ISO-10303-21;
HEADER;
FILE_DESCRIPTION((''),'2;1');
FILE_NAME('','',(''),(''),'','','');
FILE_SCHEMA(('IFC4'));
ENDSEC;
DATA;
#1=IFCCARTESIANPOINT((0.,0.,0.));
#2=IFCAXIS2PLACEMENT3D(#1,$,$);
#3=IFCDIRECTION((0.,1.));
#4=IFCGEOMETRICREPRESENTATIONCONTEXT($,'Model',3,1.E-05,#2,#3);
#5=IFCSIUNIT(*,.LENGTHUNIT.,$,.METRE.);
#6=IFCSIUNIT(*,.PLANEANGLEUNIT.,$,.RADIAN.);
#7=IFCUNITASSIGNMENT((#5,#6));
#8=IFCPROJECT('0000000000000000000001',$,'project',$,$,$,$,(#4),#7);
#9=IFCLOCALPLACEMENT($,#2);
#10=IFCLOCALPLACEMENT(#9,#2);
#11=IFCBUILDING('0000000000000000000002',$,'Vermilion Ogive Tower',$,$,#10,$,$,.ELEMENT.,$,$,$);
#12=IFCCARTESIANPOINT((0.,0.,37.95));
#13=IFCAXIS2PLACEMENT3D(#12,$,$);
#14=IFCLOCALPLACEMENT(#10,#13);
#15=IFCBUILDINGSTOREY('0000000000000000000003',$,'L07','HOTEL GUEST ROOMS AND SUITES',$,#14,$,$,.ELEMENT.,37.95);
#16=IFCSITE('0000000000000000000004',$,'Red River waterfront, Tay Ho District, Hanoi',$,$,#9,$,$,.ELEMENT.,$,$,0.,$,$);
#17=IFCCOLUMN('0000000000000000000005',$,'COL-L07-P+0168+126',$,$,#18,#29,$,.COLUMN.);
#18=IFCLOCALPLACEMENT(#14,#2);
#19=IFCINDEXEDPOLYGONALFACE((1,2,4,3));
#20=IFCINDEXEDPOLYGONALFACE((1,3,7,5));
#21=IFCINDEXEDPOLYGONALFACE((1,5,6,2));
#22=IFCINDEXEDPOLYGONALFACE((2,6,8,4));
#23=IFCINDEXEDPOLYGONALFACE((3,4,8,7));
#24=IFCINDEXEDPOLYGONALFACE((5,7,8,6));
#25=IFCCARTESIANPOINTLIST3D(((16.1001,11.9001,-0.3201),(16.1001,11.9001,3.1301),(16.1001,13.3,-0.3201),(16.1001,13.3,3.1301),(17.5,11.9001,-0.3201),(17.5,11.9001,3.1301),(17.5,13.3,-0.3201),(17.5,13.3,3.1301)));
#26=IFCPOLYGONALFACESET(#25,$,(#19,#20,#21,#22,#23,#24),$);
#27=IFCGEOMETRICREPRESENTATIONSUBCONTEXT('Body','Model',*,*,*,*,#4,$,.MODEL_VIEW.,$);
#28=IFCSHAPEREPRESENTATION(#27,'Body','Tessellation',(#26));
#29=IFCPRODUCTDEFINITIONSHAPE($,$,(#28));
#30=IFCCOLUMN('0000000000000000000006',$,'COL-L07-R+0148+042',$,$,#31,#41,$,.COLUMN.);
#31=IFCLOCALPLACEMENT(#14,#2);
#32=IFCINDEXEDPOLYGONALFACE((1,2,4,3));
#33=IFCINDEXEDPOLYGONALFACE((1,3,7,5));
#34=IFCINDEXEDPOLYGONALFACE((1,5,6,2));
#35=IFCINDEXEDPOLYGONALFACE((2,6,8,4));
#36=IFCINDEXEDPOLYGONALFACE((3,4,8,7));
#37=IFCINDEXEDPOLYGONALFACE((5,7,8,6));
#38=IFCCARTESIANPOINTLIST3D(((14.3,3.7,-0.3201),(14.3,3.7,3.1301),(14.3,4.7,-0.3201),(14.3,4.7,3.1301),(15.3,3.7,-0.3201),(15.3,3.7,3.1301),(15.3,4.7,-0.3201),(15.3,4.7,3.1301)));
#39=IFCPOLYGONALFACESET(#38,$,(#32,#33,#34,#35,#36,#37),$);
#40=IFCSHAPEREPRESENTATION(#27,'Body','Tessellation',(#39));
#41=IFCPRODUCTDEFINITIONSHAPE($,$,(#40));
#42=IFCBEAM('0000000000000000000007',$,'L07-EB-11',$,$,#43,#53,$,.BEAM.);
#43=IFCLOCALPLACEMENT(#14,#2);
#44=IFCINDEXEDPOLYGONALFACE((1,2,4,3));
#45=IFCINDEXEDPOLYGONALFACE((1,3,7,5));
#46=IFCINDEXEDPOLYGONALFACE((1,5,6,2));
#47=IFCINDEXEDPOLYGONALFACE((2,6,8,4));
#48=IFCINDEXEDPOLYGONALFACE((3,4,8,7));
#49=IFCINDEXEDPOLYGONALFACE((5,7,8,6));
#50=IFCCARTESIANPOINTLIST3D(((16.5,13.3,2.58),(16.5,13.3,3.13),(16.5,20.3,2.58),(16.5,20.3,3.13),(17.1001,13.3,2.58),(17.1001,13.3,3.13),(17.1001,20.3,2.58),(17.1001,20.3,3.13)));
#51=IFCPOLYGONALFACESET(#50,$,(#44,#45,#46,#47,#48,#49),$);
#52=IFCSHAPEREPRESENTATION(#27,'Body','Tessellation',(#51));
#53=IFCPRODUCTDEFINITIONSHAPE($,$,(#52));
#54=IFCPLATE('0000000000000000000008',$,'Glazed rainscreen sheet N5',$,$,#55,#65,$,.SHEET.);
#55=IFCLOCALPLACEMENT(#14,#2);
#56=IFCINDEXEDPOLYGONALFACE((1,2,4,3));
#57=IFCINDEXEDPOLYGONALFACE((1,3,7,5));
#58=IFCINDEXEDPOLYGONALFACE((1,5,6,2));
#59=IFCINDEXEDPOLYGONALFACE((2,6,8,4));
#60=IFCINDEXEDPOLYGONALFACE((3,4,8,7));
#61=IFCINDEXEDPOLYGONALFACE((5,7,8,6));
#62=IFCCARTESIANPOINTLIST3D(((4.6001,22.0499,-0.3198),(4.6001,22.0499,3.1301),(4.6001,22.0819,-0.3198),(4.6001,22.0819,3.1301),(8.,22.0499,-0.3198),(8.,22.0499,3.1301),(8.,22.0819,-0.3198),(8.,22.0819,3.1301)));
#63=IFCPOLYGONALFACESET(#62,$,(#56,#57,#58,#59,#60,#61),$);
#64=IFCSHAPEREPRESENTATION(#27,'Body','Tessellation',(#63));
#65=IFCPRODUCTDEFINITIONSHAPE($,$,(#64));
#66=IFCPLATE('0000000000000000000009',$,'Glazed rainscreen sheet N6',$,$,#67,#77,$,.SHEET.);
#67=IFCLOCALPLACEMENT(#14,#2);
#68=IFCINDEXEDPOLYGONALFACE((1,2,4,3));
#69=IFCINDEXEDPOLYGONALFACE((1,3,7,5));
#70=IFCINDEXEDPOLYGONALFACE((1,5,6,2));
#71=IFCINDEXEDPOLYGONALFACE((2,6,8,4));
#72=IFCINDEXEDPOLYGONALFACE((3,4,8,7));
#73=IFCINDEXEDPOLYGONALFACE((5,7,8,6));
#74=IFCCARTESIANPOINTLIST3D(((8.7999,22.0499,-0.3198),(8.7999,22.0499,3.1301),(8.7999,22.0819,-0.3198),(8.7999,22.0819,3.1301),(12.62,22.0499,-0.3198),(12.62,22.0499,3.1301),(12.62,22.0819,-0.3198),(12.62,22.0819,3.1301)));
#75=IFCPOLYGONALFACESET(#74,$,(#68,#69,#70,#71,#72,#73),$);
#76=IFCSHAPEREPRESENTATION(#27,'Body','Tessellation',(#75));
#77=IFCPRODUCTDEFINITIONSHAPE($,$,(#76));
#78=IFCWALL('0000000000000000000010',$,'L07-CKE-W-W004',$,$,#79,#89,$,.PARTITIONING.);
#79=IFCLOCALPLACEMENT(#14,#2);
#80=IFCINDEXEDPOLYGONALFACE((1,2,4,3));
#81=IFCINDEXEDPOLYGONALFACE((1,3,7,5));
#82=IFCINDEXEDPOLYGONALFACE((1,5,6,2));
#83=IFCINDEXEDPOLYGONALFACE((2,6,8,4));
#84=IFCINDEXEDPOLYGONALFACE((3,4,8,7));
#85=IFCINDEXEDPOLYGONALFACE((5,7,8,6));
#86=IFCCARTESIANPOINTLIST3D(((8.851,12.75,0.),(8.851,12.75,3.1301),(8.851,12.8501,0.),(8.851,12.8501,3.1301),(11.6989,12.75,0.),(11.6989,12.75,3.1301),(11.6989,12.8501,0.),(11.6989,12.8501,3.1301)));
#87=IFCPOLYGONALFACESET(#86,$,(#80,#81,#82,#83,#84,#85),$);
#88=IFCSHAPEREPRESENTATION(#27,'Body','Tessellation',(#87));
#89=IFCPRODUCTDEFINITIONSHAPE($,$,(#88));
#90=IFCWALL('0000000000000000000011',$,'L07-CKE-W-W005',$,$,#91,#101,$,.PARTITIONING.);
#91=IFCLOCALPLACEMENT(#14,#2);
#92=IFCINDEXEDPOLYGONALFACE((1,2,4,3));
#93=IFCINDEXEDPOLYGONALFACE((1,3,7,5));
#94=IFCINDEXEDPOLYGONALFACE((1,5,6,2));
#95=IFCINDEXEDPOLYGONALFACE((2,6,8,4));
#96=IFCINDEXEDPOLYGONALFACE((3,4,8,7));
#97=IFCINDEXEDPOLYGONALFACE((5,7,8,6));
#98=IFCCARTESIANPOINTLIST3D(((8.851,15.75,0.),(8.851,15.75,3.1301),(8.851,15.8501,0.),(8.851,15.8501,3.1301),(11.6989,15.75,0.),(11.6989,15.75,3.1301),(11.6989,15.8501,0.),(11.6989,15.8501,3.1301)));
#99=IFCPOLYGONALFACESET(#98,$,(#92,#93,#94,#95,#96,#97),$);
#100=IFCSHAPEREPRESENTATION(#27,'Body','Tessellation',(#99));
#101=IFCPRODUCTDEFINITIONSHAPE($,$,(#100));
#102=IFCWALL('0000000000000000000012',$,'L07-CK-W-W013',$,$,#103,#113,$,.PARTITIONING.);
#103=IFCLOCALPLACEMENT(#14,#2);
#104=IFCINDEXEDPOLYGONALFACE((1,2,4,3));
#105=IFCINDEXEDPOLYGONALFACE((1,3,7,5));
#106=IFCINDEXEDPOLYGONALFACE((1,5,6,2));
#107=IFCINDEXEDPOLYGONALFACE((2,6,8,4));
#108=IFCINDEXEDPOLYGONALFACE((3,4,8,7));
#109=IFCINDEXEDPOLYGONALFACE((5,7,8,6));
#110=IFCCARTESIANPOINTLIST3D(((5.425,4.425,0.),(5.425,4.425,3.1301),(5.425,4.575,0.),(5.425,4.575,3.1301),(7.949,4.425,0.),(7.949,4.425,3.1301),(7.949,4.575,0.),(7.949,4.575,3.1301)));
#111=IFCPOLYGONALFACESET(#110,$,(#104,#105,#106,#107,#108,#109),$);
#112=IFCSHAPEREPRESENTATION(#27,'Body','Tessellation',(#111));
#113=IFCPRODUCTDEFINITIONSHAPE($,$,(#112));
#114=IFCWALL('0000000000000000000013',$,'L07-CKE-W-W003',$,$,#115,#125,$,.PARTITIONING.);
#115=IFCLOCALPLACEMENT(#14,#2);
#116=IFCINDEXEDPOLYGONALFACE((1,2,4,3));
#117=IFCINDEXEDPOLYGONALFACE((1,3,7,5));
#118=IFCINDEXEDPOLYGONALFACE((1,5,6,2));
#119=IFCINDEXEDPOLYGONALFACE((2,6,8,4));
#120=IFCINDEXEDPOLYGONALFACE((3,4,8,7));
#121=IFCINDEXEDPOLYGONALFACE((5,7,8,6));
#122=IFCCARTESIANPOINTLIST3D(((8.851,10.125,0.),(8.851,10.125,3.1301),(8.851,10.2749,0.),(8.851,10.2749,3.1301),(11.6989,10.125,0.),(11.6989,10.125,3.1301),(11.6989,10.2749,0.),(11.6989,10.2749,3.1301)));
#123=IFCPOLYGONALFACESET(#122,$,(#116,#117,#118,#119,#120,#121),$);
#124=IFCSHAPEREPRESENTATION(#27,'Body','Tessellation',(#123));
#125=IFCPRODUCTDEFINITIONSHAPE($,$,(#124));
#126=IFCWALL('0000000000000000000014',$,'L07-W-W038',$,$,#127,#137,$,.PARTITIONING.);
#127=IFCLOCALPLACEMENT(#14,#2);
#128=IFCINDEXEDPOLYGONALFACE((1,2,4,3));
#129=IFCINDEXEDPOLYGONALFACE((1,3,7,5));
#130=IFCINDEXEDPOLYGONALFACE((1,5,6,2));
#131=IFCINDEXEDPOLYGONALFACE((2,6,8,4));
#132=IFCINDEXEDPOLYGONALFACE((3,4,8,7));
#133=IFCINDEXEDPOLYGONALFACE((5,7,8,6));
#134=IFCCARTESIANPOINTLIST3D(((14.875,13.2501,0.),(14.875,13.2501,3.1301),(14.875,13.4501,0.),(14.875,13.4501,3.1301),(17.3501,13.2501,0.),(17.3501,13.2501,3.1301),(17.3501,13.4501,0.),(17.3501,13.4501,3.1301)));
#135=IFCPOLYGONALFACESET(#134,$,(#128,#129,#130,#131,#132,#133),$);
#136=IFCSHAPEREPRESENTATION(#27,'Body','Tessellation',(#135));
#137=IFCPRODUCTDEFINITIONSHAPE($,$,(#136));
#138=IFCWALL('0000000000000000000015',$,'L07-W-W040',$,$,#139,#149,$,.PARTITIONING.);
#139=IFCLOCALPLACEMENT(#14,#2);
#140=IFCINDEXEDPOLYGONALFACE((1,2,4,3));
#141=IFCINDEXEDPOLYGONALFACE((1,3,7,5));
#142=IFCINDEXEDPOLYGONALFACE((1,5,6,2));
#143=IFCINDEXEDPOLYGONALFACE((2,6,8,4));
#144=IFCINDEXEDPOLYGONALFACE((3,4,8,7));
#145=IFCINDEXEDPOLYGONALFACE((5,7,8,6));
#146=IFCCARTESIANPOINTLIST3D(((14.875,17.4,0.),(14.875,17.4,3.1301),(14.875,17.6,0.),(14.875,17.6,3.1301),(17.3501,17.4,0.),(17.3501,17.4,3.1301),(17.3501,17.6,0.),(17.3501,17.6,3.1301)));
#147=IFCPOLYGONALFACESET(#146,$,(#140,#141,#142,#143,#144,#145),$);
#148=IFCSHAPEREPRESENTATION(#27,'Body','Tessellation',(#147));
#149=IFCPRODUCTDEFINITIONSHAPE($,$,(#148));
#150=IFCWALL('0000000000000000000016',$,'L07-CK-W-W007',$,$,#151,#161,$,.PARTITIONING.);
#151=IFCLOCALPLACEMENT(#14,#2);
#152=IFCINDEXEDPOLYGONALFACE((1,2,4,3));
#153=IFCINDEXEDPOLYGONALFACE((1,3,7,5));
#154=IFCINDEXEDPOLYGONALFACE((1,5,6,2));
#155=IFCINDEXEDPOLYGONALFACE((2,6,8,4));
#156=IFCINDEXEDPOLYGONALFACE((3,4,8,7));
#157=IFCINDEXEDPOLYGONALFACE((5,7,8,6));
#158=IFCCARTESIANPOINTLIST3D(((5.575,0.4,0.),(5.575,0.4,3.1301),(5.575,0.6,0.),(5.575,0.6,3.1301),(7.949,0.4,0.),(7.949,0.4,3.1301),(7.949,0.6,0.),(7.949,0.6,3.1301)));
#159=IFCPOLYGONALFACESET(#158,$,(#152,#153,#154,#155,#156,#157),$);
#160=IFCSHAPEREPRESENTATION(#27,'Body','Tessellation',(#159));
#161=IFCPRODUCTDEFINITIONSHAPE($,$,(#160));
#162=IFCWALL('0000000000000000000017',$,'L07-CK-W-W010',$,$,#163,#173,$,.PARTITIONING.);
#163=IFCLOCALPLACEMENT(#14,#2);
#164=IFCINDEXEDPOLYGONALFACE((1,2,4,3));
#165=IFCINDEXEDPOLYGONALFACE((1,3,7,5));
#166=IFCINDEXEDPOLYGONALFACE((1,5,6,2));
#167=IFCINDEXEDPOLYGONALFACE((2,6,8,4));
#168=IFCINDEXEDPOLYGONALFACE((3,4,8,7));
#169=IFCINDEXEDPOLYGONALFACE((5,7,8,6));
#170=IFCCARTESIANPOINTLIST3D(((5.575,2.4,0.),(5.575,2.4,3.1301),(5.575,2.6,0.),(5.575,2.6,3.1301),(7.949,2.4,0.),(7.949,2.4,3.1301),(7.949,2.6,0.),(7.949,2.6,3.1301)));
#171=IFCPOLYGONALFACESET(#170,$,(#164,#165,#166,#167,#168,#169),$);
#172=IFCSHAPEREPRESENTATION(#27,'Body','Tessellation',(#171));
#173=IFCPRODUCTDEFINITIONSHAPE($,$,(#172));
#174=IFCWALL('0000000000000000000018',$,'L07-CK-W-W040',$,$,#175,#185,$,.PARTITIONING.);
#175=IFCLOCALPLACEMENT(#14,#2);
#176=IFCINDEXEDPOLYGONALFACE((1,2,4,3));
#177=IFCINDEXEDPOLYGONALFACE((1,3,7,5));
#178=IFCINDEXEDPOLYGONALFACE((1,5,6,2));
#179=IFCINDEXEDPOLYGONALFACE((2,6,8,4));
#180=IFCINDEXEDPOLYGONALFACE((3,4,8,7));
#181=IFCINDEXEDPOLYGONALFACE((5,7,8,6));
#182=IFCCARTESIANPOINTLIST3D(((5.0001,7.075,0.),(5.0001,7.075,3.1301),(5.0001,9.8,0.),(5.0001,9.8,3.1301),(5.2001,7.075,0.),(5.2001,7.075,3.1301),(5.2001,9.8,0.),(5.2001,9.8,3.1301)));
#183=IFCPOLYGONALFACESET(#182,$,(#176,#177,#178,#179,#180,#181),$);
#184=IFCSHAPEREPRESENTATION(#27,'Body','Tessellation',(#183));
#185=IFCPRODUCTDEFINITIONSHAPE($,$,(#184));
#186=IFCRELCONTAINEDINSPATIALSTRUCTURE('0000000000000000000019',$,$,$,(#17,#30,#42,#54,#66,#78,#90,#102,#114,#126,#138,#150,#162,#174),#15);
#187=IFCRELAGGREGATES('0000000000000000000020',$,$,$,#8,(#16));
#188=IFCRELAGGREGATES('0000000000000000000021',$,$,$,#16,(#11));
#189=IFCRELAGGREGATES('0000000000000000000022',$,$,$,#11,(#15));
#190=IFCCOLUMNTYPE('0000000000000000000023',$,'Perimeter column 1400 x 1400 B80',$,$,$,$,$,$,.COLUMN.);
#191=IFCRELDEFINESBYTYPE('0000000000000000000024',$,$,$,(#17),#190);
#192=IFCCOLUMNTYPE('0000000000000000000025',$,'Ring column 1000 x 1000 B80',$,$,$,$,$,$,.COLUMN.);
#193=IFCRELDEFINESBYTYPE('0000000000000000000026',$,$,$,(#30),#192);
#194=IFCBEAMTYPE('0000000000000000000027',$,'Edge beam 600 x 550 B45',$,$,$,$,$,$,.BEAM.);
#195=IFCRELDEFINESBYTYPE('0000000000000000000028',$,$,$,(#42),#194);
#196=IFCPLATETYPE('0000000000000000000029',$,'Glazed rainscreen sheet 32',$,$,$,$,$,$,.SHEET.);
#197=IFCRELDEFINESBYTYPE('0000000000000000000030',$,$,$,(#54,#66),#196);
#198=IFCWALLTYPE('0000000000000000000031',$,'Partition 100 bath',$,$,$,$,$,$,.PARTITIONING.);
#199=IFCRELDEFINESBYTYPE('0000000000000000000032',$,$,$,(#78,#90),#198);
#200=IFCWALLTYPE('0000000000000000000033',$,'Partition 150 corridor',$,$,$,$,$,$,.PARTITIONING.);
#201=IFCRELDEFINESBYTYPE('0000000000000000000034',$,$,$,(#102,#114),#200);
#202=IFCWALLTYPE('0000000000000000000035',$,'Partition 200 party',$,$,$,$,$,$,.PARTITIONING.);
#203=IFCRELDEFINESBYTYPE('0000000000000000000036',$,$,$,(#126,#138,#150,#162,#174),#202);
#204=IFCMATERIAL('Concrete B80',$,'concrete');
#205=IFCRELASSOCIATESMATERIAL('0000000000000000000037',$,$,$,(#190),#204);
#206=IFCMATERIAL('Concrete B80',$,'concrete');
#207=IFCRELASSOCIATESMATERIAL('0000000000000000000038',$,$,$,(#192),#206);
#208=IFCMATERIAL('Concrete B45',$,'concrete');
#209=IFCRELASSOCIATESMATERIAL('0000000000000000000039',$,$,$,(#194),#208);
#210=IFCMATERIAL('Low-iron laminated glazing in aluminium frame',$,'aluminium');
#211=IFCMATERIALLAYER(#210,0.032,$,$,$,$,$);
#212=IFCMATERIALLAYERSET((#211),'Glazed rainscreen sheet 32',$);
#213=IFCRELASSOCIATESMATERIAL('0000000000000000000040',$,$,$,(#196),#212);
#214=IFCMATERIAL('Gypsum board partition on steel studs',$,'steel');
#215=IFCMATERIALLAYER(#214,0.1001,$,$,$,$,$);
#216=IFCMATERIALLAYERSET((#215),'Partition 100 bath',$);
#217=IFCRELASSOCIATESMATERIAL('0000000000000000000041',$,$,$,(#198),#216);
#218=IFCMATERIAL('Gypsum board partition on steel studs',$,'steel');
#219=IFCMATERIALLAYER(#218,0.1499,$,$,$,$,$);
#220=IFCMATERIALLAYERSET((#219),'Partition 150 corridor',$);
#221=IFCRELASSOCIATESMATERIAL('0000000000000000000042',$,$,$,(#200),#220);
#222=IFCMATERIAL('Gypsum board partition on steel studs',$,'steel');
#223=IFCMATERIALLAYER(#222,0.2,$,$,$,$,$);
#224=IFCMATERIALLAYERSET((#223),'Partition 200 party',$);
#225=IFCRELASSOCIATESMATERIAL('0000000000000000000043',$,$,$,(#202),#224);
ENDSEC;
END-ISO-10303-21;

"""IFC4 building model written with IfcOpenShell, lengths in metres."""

from ifc_helpers import new_model, si_unit, direction, frame, frame_2d, origin, origin_2d, place, context, subcontext, project, spatial, rectangle, extrude, material, layer, layer_set, material_profile, profile_set, type_object, element, save


model = new_model("IFC4")

# Units and contexts
model_context = context("Model", 3, precision=1e-05, world=origin(), true_north=direction((0.0, 1.0)))
body_context = subcontext(model_context, "Body", "Model", "MODEL_VIEW")
ifc_project = project(units=[si_unit("LENGTHUNIT", "METRE"), si_unit("PLANEANGLEUNIT", "RADIAN")], contexts=[model_context])

# Site, building, storey
site_placement = place(None, origin())
site = spatial("IfcSite", under=ifc_project, at=site_placement, Name="Red River waterfront, Tay Ho District, Hanoi", CompositionType="ELEMENT", RefElevation=0.0)
building_placement = place(site_placement, origin())
building = spatial("IfcBuilding", under=site, at=building_placement, Name="Vermilion Ogive Tower", CompositionType="ELEMENT")
storey_placement = place(building_placement, frame((0.0, 0.0, 37.95)))
storey = spatial("IfcBuildingStorey", under=building, at=storey_placement, Name="L07", Description="HOTEL GUEST ROOMS AND SUITES", CompositionType="ELEMENT", Elevation=37.95)

# Columns
ifc_material_1 = material(Name="Concrete B80", Category="concrete")
ifc_material_profile_1 = material_profile(ifc_material_1, rectangle(XDim=1.3999, YDim=1.3999, at=origin_2d()), Name="1400 x 1400")
ifc_profile_set_1 = profile_set([ifc_material_profile_1], Name="Concrete B80")
column_type_1 = type_object("IfcColumnType", Name="Perimeter column 1400 x 1400 B80", PredefinedType="COLUMN", material=ifc_profile_set_1)
column_1_placement = place(storey_placement, frame((16.8, 12.6001, -0.3201), z_axis=(0.0, 0.0, 1.0), x_axis=(1.0, 0.0, 0.0)))
element("IfcColumn", 1, at=column_1_placement, inside=storey, type_object=column_type_1, Name="COL-L07-P+0168+126", PredefinedType="COLUMN", context=body_context, shape_type="SweptSolid", body=[
    extrude(rectangle(XDim=1.3999, YDim=1.3999, at=origin_2d()), origin(), (0.0, 0.0, 1.0), 3.4502),
])
ifc_material_2 = material(Name="Concrete B80", Category="concrete")
ifc_material_profile_2 = material_profile(ifc_material_2, rectangle(XDim=1.0, YDim=1.0, at=origin_2d()), Name="1000 x 1000")
ifc_profile_set_2 = profile_set([ifc_material_profile_2], Name="Concrete B80")
column_type_2 = type_object("IfcColumnType", Name="Ring column 1000 x 1000 B80", PredefinedType="COLUMN", material=ifc_profile_set_2)
column_2_placement = place(storey_placement, frame((14.8, 4.2, -0.3201), z_axis=(0.0, 0.0, 1.0), x_axis=(1.0, 0.0, 0.0)))
element("IfcColumn", 2, at=column_2_placement, inside=storey, type_object=column_type_2, Name="COL-L07-R+0148+042", PredefinedType="COLUMN", context=body_context, shape_type="SweptSolid", body=[
    extrude(rectangle(XDim=1.0, YDim=1.0, at=origin_2d()), origin(), (0.0, 0.0, 1.0), 3.4502),
])

# Beam
ifc_material_3 = material(Name="Concrete B45", Category="concrete")
ifc_material_profile_3 = material_profile(ifc_material_3, rectangle(XDim=0.6001, YDim=0.55, at=origin_2d()), Name="600 x 550")
ifc_profile_set_3 = profile_set([ifc_material_profile_3], Name="Concrete B45")
beam_type = type_object("IfcBeamType", Name="Edge beam 600 x 550 B45", PredefinedType="BEAM", material=ifc_profile_set_3)
beam_placement = place(storey_placement, frame((16.8, 13.3, 2.855), z_axis=(0.0, 1.0, 0.0), x_axis=(-1.0, 0.0, 0.0)))
element("IfcBeam", 3, at=beam_placement, inside=storey, type_object=beam_type, Name="L07-EB-11", PredefinedType="BEAM", context=body_context, shape_type="SweptSolid", body=[
    extrude(rectangle(XDim=0.6001, YDim=0.55, at=origin_2d()), origin(), (0.0, 0.0, 1.0), 7.0),
])

# Plates
ifc_material_4 = material(Name="Low-iron laminated glazing in aluminium frame", Category="aluminium")
ifc_layer_1 = layer(ifc_material_4, 0.032)
ifc_layer_set_1 = layer_set([ifc_layer_1], Name="Glazed rainscreen sheet 32")
plate_type = type_object("IfcPlateType", Name="Glazed rainscreen sheet 32", PredefinedType="SHEET", material=ifc_layer_set_1)
plate_1_placement = place(storey_placement, frame((6.3, 22.0659, -0.3198), z_axis=(0.0, 0.0, 1.0), x_axis=(1.0, 0.0, 0.0)))
element("IfcPlate", 4, at=plate_1_placement, inside=storey, type_object=plate_type, Name="Glazed rainscreen sheet N5", PredefinedType="SHEET", context=body_context, shape_type="SweptSolid", body=[
    extrude(rectangle(XDim=3.3999, YDim=0.032, at=origin_2d()), origin(), (0.0, 0.0, 1.0), 3.45),
])
plate_2_placement = place(storey_placement, frame((10.71, 22.0659, -0.3198), z_axis=(0.0, 0.0, 1.0), x_axis=(1.0, 0.0, 0.0)))
element("IfcPlate", 5, at=plate_2_placement, inside=storey, type_object=plate_type, Name="Glazed rainscreen sheet N6", PredefinedType="SHEET", context=body_context, shape_type="SweptSolid", body=[
    extrude(rectangle(XDim=3.8201, YDim=0.032, at=origin_2d()), origin(), (0.0, 0.0, 1.0), 3.45),
])

# Walls
ifc_material_5 = material(Name="Gypsum board partition on steel studs", Category="steel")
ifc_layer_2 = layer(ifc_material_5, 0.1001)
ifc_layer_set_2 = layer_set([ifc_layer_2], Name="Partition 100 bath")
wall_type_1 = type_object("IfcWallType", Name="Partition 100 bath", PredefinedType="PARTITIONING", material=ifc_layer_set_2)
for number, where, z_axis, x_axis, name in (
    (6, (8.8511, 12.8, 0.0), (0.0, 0.0, 1.0), (1.0, 0.0, 0.0), "L07-CKE-W-W004"),
    (7, (8.8511, 15.8, 0.0), (0.0, 0.0, 1.0), (1.0, 0.0, 0.0), "L07-CKE-W-W005"),
):
    element("IfcWall", number, at=place(storey_placement, frame(where, z_axis=z_axis, x_axis=x_axis)), inside=storey, type_object=wall_type_1, Name=name, PredefinedType="PARTITIONING", context=body_context, shape_type="SweptSolid", body=[
        extrude(rectangle(XDim=2.8479, YDim=0.1001, at=frame_2d((1.4238, 0.0))), origin(), (0.0, 0.0, 1.0), 3.1301),
    ])
ifc_material_6 = material(Name="Gypsum board partition on steel studs", Category="steel")
ifc_layer_3 = layer(ifc_material_6, 0.1499)
ifc_layer_set_3 = layer_set([ifc_layer_3], Name="Partition 150 corridor")
wall_type_2 = type_object("IfcWallType", Name="Partition 150 corridor", PredefinedType="PARTITIONING", material=ifc_layer_set_3)
wall_1_placement = place(storey_placement, frame((5.425, 4.5, 0.0), z_axis=(0.0, 0.0, 1.0), x_axis=(1.0, 0.0, 0.0)))
element("IfcWall", 8, at=wall_1_placement, inside=storey, type_object=wall_type_2, Name="L07-CK-W-W013", PredefinedType="PARTITIONING", context=body_context, shape_type="SweptSolid", body=[
    extrude(rectangle(XDim=2.5239, YDim=0.1499, at=frame_2d((1.262, 0.0))), origin(), (0.0, 0.0, 1.0), 3.1301),
])
wall_2_placement = place(storey_placement, frame((8.8511, 10.2, 0.0), z_axis=(0.0, 0.0, 1.0), x_axis=(1.0, 0.0, 0.0)))
element("IfcWall", 9, at=wall_2_placement, inside=storey, type_object=wall_type_2, Name="L07-CKE-W-W003", PredefinedType="PARTITIONING", context=body_context, shape_type="SweptSolid", body=[
    extrude(rectangle(XDim=2.8479, YDim=0.1499, at=frame_2d((1.4238, 0.0))), origin(), (0.0, 0.0, 1.0), 3.1301),
])
ifc_material_7 = material(Name="Gypsum board partition on steel studs", Category="steel")
ifc_layer_4 = layer(ifc_material_7, 0.2)
ifc_layer_set_4 = layer_set([ifc_layer_4], Name="Partition 200 party")
wall_type_3 = type_object("IfcWallType", Name="Partition 200 party", PredefinedType="PARTITIONING", material=ifc_layer_set_4)
for number, where, z_axis, x_axis, name in (
    (10, (14.875, 13.3501, 0.0), (0.0, 0.0, 1.0), (1.0, 0.0, 0.0), "L07-W-W038"),
    (11, (14.875, 17.5, 0.0), (0.0, 0.0, 1.0), (1.0, 0.0, 0.0), "L07-W-W040"),
):
    element("IfcWall", number, at=place(storey_placement, frame(where, z_axis=z_axis, x_axis=x_axis)), inside=storey, type_object=wall_type_3, Name=name, PredefinedType="PARTITIONING", context=body_context, shape_type="SweptSolid", body=[
        extrude(rectangle(XDim=2.4751, YDim=0.2, at=frame_2d((1.2375, 0.0))), origin(), (0.0, 0.0, 1.0), 3.1301),
    ])
for number, where, z_axis, x_axis, name in (
    (12, (5.575, 0.5, 0.0), (0.0, 0.0, 1.0), (1.0, 0.0, 0.0), "L07-CK-W-W007"),
    (13, (5.575, 2.5, 0.0), (0.0, 0.0, 1.0), (1.0, 0.0, 0.0), "L07-CK-W-W010"),
):
    element("IfcWall", number, at=place(storey_placement, frame(where, z_axis=z_axis, x_axis=x_axis)), inside=storey, type_object=wall_type_3, Name=name, PredefinedType="PARTITIONING", context=body_context, shape_type="SweptSolid", body=[
        extrude(rectangle(XDim=2.374, YDim=0.2, at=frame_2d((1.187, 0.0))), origin(), (0.0, 0.0, 1.0), 3.1301),
    ])
wall_3_placement = place(storey_placement, frame((5.1001, 7.075, 0.0), z_axis=(0.0, 0.0, 1.0), x_axis=(0.0, 1.0, 0.0)))
element("IfcWall", 14, at=wall_3_placement, inside=storey, type_object=wall_type_3, Name="L07-CK-W-W040", PredefinedType="PARTITIONING", context=body_context, shape_type="SweptSolid", body=[
    extrude(rectangle(XDim=2.7251, YDim=0.2, at=frame_2d((1.3625, 0.0))), origin(), (0.0, 0.0, 1.0), 3.1301),
])

save(model, "model.ifc")
